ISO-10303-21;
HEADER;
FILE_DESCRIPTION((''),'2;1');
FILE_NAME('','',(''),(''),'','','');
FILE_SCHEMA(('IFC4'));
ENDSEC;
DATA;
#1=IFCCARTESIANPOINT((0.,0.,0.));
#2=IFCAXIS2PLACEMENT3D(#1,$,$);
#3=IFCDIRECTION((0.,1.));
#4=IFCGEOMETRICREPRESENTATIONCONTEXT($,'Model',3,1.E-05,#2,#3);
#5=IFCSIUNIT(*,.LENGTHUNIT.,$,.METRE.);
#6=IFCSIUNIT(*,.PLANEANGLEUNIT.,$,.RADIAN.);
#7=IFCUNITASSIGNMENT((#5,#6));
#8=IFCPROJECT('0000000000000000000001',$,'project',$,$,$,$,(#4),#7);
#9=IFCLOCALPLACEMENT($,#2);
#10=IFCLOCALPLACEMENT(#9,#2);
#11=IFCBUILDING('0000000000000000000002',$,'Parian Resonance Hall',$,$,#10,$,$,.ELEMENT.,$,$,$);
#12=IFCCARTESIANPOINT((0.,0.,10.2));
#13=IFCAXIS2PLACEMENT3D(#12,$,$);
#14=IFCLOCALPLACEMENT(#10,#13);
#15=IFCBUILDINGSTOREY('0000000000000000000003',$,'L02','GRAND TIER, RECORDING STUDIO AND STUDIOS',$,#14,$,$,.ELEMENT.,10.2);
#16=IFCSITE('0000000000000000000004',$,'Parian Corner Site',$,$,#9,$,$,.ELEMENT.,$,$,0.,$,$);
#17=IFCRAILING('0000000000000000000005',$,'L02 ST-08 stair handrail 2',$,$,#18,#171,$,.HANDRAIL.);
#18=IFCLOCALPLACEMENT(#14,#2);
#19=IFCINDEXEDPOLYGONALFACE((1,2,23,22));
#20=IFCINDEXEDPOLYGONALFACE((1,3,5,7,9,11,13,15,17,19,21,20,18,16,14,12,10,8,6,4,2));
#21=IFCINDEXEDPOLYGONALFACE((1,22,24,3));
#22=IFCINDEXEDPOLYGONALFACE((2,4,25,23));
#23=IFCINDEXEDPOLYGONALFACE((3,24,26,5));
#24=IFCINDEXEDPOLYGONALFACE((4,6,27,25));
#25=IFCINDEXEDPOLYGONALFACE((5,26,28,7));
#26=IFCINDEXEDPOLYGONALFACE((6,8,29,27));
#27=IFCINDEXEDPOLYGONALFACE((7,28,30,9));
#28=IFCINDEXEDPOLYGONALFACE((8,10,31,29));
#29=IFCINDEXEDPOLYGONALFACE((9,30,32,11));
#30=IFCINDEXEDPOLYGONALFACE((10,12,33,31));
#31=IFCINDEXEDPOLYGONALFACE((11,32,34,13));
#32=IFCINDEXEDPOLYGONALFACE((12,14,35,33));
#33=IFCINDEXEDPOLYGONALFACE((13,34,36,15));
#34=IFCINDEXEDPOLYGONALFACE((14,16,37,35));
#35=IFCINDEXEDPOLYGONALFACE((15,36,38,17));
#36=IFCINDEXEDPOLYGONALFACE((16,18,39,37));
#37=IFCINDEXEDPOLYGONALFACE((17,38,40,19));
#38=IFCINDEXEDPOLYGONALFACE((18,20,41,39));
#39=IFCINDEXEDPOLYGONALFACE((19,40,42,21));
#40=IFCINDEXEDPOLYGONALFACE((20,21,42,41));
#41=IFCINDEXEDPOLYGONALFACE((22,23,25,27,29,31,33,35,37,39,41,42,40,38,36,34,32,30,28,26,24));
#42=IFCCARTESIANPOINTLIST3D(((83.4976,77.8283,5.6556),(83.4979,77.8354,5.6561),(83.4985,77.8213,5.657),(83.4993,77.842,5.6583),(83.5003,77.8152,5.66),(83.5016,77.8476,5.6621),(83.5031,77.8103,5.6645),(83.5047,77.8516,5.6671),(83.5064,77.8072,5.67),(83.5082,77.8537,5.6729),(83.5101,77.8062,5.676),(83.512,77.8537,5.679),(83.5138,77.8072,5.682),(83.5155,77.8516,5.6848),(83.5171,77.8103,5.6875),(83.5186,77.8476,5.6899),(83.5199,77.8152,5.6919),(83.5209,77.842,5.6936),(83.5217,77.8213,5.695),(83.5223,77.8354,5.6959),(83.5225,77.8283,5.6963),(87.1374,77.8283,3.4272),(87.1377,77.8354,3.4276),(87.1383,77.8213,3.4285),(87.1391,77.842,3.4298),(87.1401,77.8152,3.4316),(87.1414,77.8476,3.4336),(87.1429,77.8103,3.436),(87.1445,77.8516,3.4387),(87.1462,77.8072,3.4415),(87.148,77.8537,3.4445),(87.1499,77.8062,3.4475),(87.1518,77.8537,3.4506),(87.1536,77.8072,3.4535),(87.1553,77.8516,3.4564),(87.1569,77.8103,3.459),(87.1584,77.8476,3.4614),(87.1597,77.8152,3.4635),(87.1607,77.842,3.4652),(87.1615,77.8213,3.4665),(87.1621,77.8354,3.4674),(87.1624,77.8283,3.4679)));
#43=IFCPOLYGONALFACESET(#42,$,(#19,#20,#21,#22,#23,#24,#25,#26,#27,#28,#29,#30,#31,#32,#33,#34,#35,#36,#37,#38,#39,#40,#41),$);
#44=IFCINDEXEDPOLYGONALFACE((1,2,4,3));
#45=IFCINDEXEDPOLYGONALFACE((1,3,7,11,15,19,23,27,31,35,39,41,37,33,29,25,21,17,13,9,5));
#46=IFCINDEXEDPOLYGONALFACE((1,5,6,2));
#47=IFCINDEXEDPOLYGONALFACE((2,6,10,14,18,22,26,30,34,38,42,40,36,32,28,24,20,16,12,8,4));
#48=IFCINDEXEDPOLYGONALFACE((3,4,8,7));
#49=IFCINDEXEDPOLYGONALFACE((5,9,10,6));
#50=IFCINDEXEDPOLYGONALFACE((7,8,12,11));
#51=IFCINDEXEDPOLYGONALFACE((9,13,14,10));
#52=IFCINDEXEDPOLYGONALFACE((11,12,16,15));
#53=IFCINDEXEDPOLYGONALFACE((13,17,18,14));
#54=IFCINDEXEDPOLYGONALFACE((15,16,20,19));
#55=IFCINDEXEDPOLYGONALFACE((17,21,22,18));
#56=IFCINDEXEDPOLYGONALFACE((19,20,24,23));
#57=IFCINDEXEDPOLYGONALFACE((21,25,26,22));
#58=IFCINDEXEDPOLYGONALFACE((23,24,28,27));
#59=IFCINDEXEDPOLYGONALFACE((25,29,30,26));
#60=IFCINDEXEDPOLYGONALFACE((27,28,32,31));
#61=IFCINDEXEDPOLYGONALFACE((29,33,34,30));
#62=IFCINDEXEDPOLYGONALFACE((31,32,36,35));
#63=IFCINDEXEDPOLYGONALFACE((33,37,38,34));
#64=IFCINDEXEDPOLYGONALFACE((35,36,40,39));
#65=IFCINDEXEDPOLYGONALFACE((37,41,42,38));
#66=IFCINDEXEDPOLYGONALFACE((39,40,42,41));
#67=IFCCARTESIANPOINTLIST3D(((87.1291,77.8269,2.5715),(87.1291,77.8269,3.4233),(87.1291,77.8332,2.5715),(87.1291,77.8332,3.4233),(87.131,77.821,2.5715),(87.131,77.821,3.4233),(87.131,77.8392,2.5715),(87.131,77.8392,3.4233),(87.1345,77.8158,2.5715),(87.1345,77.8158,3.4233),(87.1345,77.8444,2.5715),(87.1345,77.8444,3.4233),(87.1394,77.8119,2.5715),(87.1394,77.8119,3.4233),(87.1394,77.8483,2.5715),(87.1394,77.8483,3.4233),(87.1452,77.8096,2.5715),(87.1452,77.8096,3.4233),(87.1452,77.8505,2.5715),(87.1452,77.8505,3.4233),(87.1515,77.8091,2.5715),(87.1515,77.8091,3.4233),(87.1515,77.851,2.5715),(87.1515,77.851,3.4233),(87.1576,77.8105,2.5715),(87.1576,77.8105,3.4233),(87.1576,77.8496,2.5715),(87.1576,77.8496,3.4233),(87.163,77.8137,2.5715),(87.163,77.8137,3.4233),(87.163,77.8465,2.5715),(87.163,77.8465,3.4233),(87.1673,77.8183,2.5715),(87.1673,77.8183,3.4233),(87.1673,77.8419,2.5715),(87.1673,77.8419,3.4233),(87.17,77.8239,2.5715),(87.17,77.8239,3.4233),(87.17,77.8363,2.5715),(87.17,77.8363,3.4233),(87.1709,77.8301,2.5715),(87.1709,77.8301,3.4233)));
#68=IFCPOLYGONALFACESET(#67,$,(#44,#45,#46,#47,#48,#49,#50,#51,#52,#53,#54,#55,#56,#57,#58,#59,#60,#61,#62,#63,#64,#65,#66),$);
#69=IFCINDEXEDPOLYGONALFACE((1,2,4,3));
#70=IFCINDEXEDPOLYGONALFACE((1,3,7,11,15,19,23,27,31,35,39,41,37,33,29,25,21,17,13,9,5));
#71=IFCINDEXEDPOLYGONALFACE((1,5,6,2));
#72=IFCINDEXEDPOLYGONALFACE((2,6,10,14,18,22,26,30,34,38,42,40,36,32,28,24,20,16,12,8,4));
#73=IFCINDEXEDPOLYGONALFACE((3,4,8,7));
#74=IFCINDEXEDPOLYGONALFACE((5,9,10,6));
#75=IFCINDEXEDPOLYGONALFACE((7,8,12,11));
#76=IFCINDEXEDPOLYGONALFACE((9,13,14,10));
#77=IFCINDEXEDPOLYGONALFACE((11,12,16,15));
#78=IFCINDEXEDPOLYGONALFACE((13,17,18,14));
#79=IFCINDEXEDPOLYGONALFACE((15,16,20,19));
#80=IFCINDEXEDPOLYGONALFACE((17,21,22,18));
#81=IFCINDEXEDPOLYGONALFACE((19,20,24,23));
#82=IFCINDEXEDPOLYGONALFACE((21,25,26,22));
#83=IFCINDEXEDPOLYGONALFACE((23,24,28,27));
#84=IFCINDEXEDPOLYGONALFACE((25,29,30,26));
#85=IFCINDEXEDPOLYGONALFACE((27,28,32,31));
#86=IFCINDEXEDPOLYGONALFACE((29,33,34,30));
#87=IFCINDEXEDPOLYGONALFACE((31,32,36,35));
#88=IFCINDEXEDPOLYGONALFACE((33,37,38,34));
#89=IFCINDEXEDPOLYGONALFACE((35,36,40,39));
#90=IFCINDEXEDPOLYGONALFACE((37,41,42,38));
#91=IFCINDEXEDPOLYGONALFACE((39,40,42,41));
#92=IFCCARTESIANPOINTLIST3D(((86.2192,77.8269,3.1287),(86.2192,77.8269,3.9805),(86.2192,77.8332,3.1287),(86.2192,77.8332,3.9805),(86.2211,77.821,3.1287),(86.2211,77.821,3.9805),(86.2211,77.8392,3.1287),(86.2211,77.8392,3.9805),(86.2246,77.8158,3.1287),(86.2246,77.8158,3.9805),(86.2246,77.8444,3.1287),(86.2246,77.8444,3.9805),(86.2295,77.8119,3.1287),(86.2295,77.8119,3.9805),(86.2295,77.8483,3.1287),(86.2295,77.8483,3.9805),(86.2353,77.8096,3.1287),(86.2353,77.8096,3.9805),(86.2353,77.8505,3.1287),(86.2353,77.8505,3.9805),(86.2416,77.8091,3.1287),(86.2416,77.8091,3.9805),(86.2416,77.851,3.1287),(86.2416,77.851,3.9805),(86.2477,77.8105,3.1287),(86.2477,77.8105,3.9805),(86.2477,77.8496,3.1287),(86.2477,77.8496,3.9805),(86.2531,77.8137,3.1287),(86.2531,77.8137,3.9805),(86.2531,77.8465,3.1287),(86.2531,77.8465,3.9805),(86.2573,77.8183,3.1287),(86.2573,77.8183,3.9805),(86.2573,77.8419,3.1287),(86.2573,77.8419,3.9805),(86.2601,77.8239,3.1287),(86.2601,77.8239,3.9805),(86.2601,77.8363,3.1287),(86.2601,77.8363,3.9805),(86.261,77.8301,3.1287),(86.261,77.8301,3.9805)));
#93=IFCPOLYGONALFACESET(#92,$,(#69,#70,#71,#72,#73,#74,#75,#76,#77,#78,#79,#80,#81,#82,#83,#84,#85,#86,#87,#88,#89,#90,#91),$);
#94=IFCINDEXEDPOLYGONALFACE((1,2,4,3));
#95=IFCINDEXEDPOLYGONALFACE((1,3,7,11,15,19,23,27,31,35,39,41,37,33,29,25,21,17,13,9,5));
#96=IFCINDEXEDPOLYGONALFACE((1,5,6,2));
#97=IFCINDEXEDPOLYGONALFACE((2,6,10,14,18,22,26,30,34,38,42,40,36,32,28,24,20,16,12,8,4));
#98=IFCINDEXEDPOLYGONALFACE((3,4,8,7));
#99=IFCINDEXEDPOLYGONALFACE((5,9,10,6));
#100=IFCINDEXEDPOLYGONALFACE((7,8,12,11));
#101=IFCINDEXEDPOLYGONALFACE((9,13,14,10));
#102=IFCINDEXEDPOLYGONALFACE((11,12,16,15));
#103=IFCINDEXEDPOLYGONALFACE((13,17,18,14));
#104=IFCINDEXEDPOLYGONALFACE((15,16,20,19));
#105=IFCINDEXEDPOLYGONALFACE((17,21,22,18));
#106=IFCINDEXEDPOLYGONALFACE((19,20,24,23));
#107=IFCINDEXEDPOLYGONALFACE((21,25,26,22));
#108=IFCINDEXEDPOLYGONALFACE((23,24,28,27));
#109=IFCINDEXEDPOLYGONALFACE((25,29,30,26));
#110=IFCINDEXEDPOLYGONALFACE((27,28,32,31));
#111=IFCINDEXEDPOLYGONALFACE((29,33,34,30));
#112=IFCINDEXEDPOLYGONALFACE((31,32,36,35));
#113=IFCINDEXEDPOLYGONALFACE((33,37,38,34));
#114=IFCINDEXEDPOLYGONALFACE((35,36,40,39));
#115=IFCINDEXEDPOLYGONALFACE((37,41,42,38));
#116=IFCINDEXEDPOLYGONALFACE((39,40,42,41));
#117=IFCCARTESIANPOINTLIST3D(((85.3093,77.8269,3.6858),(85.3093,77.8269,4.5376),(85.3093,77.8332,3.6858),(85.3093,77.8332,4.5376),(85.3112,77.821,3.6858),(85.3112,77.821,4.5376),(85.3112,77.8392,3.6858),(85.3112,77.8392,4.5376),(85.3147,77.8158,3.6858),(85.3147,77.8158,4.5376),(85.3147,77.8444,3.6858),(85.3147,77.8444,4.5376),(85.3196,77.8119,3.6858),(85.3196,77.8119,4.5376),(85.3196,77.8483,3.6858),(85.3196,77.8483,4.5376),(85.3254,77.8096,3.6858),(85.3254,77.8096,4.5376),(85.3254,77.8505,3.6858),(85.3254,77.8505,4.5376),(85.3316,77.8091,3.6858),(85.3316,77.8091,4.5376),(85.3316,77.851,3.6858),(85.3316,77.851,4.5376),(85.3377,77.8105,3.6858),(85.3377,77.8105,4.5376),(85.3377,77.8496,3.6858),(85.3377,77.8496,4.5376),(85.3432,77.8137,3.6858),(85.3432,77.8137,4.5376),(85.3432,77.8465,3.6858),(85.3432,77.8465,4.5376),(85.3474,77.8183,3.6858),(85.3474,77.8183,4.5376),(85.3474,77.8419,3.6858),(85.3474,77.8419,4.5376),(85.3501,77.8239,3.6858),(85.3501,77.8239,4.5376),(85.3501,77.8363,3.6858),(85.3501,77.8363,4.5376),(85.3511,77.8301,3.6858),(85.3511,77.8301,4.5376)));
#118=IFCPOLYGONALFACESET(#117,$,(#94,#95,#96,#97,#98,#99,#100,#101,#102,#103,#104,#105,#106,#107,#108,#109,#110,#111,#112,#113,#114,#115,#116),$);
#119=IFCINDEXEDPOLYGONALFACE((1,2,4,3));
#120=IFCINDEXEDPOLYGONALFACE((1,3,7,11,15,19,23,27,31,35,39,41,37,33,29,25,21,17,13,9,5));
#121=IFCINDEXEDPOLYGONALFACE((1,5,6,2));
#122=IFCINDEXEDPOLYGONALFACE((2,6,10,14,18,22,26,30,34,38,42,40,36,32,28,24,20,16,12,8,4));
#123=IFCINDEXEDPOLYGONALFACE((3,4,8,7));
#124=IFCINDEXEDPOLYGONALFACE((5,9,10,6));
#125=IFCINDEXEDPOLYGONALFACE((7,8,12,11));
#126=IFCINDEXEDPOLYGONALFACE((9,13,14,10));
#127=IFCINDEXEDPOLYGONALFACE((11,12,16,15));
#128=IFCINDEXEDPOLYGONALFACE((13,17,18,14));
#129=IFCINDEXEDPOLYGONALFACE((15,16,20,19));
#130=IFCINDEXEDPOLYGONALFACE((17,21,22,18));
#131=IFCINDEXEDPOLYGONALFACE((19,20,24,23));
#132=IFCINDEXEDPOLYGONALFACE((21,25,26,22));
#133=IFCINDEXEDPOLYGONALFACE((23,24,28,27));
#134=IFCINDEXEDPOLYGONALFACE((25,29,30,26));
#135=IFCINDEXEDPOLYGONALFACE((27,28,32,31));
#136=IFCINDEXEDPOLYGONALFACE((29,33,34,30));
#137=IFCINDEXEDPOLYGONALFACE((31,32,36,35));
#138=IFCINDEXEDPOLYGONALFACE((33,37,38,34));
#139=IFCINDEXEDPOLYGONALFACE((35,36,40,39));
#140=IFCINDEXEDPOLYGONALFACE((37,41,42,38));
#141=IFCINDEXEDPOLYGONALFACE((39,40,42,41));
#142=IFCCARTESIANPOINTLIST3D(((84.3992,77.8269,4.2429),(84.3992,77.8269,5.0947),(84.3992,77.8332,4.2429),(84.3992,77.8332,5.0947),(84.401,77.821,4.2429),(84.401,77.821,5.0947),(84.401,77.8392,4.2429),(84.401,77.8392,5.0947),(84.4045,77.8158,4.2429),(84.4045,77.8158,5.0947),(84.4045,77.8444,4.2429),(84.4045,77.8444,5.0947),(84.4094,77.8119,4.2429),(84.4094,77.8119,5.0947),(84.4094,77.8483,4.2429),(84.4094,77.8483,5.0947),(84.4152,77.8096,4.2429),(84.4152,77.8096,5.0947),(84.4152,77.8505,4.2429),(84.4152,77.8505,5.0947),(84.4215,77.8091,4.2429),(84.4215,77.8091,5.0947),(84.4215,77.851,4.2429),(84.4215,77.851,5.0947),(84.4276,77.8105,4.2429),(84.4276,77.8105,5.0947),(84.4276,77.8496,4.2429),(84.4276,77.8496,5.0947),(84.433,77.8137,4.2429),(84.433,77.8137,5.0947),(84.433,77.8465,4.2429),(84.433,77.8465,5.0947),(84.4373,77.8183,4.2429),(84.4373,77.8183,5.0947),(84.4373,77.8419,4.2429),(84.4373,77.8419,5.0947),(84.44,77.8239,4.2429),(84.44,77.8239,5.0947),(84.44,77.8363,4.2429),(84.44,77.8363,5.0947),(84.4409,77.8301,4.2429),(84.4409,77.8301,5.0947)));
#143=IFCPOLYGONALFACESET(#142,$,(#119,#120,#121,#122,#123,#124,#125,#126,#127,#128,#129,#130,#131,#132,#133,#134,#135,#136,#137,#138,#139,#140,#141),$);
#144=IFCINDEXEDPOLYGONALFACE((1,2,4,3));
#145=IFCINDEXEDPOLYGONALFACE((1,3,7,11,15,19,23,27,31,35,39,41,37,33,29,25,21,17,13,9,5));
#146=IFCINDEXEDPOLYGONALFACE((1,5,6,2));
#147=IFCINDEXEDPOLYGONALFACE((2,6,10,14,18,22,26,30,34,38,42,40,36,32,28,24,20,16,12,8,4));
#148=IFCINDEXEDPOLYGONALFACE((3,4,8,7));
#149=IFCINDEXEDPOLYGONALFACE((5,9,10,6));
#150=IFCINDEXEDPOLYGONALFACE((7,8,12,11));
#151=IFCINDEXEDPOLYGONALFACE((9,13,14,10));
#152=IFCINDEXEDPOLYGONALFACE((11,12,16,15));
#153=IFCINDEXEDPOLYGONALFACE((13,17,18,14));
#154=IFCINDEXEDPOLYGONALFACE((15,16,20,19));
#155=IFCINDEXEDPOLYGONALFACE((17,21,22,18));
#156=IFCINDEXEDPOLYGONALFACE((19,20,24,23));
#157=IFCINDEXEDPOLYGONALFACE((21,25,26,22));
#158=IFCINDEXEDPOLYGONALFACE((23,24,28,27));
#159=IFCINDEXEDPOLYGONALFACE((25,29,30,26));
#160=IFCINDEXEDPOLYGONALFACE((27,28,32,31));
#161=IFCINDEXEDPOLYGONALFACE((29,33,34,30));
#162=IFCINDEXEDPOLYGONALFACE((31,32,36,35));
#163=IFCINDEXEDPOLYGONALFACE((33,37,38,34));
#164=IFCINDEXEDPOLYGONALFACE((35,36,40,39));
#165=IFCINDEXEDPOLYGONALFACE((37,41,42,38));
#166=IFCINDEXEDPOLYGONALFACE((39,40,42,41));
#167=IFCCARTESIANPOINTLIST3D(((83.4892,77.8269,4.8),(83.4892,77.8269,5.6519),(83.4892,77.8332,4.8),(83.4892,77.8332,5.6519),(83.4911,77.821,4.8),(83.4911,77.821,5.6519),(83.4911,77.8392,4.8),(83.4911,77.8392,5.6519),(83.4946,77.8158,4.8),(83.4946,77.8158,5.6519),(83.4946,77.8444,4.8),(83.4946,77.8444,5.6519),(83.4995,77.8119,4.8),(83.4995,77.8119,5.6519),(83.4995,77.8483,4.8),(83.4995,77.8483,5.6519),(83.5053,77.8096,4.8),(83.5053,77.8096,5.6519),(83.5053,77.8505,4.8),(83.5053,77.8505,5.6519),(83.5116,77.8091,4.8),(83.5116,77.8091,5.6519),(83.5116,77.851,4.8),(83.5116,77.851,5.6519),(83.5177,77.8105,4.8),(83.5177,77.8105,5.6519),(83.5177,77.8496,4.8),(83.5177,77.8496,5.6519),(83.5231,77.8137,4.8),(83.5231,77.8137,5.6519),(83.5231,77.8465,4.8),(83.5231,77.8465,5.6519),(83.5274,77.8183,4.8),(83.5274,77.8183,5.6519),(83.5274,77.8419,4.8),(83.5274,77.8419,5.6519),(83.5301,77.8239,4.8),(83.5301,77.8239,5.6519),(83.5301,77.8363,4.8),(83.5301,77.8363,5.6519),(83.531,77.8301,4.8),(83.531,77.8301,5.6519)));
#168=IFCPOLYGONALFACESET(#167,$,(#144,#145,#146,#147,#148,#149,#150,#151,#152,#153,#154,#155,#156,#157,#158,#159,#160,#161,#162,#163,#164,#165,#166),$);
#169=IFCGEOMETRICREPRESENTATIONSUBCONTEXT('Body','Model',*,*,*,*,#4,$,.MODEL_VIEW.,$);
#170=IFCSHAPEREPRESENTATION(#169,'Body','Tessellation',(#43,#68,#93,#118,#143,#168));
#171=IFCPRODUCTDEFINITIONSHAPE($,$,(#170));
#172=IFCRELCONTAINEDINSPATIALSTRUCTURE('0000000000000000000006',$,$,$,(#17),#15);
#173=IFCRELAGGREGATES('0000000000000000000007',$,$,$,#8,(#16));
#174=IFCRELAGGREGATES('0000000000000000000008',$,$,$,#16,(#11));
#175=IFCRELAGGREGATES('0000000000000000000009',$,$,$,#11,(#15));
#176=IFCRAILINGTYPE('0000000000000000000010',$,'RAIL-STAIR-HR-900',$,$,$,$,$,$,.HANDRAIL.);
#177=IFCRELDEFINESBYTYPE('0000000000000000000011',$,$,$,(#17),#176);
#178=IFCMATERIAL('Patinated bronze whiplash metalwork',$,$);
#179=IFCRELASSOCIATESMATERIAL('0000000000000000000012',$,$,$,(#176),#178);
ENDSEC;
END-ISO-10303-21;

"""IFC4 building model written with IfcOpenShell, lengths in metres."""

from ifc_helpers import new_model, si_unit, direction, frame, origin, origin_2d, place, context, subcontext, project, spatial, circle, extrude, material, type_object, element, save


model = new_model("IFC4")

# Units and contexts
model_context = context("Model", 3, precision=1e-05, world=origin(), true_north=direction((0.0, 1.0)))
body_context = subcontext(model_context, "Body", "Model", "MODEL_VIEW")
ifc_project = project(units=[si_unit("LENGTHUNIT", "METRE"), si_unit("PLANEANGLEUNIT", "RADIAN")], contexts=[model_context])

# Site, building, storey
site_placement = place(None, origin())
site = spatial("IfcSite", under=ifc_project, at=site_placement, Name="Parian Corner Site", CompositionType="ELEMENT", RefElevation=0.0)
building_placement = place(site_placement, origin())
building = spatial("IfcBuilding", under=site, at=building_placement, Name="Parian Resonance Hall", CompositionType="ELEMENT")
storey_placement = place(building_placement, frame((0.0, 0.0, 10.2)))
storey = spatial("IfcBuildingStorey", under=building, at=storey_placement, Name="L02", Description="GRAND TIER, RECORDING STUDIO AND STUDIOS", CompositionType="ELEMENT", Elevation=10.2)

# Railing
ifc_material_1 = material(Name="Patinated bronze whiplash metalwork")
railing_type_1 = type_object("IfcRailingType", Name="RAIL-STAIR-HR-900", PredefinedType="HANDRAIL", material=ifc_material_1)
railing_1_placement = place(storey_placement, frame((87.1499, 77.8301, 2.5715)))
element("IfcRailing", 1, at=railing_1_placement, inside=storey, type_object=railing_type_1, Name="L02 ST-08 stair handrail 2", PredefinedType="HANDRAIL", context=body_context, shape_type="SweptSolid", body=[
    extrude(circle(Radius=0.0239, at=origin_2d()), frame((0.0, 0.0, 0.876), z_axis=(-0.85285, 0.0, 0.522156), x_axis=(0.0, -1.0, 0.0)), (0.0, 0.0, 1.0), 4.2678),
    extrude(circle(Radius=0.021, at=origin_2d()), origin(), (0.0, 0.0, 1.0), 0.8518),
    extrude(circle(Radius=0.021, at=origin_2d()), frame((-0.9099, 0.0, 0.5571)), (0.0, 0.0, 1.0), 0.8518),
    extrude(circle(Radius=0.021, at=origin_2d()), frame((-1.8198, 0.0, 1.1143)), (0.0, 0.0, 1.0), 0.8518),
    extrude(circle(Radius=0.021, at=origin_2d()), frame((-2.73, 0.0, 1.6714)), (0.0, 0.0, 1.0), 0.8518),
    extrude(circle(Radius=0.021, at=origin_2d()), frame((-3.6399, 0.0, 2.2285)), (0.0, 0.0, 1.0), 0.8518),
])

save(model, "model.ifc")
